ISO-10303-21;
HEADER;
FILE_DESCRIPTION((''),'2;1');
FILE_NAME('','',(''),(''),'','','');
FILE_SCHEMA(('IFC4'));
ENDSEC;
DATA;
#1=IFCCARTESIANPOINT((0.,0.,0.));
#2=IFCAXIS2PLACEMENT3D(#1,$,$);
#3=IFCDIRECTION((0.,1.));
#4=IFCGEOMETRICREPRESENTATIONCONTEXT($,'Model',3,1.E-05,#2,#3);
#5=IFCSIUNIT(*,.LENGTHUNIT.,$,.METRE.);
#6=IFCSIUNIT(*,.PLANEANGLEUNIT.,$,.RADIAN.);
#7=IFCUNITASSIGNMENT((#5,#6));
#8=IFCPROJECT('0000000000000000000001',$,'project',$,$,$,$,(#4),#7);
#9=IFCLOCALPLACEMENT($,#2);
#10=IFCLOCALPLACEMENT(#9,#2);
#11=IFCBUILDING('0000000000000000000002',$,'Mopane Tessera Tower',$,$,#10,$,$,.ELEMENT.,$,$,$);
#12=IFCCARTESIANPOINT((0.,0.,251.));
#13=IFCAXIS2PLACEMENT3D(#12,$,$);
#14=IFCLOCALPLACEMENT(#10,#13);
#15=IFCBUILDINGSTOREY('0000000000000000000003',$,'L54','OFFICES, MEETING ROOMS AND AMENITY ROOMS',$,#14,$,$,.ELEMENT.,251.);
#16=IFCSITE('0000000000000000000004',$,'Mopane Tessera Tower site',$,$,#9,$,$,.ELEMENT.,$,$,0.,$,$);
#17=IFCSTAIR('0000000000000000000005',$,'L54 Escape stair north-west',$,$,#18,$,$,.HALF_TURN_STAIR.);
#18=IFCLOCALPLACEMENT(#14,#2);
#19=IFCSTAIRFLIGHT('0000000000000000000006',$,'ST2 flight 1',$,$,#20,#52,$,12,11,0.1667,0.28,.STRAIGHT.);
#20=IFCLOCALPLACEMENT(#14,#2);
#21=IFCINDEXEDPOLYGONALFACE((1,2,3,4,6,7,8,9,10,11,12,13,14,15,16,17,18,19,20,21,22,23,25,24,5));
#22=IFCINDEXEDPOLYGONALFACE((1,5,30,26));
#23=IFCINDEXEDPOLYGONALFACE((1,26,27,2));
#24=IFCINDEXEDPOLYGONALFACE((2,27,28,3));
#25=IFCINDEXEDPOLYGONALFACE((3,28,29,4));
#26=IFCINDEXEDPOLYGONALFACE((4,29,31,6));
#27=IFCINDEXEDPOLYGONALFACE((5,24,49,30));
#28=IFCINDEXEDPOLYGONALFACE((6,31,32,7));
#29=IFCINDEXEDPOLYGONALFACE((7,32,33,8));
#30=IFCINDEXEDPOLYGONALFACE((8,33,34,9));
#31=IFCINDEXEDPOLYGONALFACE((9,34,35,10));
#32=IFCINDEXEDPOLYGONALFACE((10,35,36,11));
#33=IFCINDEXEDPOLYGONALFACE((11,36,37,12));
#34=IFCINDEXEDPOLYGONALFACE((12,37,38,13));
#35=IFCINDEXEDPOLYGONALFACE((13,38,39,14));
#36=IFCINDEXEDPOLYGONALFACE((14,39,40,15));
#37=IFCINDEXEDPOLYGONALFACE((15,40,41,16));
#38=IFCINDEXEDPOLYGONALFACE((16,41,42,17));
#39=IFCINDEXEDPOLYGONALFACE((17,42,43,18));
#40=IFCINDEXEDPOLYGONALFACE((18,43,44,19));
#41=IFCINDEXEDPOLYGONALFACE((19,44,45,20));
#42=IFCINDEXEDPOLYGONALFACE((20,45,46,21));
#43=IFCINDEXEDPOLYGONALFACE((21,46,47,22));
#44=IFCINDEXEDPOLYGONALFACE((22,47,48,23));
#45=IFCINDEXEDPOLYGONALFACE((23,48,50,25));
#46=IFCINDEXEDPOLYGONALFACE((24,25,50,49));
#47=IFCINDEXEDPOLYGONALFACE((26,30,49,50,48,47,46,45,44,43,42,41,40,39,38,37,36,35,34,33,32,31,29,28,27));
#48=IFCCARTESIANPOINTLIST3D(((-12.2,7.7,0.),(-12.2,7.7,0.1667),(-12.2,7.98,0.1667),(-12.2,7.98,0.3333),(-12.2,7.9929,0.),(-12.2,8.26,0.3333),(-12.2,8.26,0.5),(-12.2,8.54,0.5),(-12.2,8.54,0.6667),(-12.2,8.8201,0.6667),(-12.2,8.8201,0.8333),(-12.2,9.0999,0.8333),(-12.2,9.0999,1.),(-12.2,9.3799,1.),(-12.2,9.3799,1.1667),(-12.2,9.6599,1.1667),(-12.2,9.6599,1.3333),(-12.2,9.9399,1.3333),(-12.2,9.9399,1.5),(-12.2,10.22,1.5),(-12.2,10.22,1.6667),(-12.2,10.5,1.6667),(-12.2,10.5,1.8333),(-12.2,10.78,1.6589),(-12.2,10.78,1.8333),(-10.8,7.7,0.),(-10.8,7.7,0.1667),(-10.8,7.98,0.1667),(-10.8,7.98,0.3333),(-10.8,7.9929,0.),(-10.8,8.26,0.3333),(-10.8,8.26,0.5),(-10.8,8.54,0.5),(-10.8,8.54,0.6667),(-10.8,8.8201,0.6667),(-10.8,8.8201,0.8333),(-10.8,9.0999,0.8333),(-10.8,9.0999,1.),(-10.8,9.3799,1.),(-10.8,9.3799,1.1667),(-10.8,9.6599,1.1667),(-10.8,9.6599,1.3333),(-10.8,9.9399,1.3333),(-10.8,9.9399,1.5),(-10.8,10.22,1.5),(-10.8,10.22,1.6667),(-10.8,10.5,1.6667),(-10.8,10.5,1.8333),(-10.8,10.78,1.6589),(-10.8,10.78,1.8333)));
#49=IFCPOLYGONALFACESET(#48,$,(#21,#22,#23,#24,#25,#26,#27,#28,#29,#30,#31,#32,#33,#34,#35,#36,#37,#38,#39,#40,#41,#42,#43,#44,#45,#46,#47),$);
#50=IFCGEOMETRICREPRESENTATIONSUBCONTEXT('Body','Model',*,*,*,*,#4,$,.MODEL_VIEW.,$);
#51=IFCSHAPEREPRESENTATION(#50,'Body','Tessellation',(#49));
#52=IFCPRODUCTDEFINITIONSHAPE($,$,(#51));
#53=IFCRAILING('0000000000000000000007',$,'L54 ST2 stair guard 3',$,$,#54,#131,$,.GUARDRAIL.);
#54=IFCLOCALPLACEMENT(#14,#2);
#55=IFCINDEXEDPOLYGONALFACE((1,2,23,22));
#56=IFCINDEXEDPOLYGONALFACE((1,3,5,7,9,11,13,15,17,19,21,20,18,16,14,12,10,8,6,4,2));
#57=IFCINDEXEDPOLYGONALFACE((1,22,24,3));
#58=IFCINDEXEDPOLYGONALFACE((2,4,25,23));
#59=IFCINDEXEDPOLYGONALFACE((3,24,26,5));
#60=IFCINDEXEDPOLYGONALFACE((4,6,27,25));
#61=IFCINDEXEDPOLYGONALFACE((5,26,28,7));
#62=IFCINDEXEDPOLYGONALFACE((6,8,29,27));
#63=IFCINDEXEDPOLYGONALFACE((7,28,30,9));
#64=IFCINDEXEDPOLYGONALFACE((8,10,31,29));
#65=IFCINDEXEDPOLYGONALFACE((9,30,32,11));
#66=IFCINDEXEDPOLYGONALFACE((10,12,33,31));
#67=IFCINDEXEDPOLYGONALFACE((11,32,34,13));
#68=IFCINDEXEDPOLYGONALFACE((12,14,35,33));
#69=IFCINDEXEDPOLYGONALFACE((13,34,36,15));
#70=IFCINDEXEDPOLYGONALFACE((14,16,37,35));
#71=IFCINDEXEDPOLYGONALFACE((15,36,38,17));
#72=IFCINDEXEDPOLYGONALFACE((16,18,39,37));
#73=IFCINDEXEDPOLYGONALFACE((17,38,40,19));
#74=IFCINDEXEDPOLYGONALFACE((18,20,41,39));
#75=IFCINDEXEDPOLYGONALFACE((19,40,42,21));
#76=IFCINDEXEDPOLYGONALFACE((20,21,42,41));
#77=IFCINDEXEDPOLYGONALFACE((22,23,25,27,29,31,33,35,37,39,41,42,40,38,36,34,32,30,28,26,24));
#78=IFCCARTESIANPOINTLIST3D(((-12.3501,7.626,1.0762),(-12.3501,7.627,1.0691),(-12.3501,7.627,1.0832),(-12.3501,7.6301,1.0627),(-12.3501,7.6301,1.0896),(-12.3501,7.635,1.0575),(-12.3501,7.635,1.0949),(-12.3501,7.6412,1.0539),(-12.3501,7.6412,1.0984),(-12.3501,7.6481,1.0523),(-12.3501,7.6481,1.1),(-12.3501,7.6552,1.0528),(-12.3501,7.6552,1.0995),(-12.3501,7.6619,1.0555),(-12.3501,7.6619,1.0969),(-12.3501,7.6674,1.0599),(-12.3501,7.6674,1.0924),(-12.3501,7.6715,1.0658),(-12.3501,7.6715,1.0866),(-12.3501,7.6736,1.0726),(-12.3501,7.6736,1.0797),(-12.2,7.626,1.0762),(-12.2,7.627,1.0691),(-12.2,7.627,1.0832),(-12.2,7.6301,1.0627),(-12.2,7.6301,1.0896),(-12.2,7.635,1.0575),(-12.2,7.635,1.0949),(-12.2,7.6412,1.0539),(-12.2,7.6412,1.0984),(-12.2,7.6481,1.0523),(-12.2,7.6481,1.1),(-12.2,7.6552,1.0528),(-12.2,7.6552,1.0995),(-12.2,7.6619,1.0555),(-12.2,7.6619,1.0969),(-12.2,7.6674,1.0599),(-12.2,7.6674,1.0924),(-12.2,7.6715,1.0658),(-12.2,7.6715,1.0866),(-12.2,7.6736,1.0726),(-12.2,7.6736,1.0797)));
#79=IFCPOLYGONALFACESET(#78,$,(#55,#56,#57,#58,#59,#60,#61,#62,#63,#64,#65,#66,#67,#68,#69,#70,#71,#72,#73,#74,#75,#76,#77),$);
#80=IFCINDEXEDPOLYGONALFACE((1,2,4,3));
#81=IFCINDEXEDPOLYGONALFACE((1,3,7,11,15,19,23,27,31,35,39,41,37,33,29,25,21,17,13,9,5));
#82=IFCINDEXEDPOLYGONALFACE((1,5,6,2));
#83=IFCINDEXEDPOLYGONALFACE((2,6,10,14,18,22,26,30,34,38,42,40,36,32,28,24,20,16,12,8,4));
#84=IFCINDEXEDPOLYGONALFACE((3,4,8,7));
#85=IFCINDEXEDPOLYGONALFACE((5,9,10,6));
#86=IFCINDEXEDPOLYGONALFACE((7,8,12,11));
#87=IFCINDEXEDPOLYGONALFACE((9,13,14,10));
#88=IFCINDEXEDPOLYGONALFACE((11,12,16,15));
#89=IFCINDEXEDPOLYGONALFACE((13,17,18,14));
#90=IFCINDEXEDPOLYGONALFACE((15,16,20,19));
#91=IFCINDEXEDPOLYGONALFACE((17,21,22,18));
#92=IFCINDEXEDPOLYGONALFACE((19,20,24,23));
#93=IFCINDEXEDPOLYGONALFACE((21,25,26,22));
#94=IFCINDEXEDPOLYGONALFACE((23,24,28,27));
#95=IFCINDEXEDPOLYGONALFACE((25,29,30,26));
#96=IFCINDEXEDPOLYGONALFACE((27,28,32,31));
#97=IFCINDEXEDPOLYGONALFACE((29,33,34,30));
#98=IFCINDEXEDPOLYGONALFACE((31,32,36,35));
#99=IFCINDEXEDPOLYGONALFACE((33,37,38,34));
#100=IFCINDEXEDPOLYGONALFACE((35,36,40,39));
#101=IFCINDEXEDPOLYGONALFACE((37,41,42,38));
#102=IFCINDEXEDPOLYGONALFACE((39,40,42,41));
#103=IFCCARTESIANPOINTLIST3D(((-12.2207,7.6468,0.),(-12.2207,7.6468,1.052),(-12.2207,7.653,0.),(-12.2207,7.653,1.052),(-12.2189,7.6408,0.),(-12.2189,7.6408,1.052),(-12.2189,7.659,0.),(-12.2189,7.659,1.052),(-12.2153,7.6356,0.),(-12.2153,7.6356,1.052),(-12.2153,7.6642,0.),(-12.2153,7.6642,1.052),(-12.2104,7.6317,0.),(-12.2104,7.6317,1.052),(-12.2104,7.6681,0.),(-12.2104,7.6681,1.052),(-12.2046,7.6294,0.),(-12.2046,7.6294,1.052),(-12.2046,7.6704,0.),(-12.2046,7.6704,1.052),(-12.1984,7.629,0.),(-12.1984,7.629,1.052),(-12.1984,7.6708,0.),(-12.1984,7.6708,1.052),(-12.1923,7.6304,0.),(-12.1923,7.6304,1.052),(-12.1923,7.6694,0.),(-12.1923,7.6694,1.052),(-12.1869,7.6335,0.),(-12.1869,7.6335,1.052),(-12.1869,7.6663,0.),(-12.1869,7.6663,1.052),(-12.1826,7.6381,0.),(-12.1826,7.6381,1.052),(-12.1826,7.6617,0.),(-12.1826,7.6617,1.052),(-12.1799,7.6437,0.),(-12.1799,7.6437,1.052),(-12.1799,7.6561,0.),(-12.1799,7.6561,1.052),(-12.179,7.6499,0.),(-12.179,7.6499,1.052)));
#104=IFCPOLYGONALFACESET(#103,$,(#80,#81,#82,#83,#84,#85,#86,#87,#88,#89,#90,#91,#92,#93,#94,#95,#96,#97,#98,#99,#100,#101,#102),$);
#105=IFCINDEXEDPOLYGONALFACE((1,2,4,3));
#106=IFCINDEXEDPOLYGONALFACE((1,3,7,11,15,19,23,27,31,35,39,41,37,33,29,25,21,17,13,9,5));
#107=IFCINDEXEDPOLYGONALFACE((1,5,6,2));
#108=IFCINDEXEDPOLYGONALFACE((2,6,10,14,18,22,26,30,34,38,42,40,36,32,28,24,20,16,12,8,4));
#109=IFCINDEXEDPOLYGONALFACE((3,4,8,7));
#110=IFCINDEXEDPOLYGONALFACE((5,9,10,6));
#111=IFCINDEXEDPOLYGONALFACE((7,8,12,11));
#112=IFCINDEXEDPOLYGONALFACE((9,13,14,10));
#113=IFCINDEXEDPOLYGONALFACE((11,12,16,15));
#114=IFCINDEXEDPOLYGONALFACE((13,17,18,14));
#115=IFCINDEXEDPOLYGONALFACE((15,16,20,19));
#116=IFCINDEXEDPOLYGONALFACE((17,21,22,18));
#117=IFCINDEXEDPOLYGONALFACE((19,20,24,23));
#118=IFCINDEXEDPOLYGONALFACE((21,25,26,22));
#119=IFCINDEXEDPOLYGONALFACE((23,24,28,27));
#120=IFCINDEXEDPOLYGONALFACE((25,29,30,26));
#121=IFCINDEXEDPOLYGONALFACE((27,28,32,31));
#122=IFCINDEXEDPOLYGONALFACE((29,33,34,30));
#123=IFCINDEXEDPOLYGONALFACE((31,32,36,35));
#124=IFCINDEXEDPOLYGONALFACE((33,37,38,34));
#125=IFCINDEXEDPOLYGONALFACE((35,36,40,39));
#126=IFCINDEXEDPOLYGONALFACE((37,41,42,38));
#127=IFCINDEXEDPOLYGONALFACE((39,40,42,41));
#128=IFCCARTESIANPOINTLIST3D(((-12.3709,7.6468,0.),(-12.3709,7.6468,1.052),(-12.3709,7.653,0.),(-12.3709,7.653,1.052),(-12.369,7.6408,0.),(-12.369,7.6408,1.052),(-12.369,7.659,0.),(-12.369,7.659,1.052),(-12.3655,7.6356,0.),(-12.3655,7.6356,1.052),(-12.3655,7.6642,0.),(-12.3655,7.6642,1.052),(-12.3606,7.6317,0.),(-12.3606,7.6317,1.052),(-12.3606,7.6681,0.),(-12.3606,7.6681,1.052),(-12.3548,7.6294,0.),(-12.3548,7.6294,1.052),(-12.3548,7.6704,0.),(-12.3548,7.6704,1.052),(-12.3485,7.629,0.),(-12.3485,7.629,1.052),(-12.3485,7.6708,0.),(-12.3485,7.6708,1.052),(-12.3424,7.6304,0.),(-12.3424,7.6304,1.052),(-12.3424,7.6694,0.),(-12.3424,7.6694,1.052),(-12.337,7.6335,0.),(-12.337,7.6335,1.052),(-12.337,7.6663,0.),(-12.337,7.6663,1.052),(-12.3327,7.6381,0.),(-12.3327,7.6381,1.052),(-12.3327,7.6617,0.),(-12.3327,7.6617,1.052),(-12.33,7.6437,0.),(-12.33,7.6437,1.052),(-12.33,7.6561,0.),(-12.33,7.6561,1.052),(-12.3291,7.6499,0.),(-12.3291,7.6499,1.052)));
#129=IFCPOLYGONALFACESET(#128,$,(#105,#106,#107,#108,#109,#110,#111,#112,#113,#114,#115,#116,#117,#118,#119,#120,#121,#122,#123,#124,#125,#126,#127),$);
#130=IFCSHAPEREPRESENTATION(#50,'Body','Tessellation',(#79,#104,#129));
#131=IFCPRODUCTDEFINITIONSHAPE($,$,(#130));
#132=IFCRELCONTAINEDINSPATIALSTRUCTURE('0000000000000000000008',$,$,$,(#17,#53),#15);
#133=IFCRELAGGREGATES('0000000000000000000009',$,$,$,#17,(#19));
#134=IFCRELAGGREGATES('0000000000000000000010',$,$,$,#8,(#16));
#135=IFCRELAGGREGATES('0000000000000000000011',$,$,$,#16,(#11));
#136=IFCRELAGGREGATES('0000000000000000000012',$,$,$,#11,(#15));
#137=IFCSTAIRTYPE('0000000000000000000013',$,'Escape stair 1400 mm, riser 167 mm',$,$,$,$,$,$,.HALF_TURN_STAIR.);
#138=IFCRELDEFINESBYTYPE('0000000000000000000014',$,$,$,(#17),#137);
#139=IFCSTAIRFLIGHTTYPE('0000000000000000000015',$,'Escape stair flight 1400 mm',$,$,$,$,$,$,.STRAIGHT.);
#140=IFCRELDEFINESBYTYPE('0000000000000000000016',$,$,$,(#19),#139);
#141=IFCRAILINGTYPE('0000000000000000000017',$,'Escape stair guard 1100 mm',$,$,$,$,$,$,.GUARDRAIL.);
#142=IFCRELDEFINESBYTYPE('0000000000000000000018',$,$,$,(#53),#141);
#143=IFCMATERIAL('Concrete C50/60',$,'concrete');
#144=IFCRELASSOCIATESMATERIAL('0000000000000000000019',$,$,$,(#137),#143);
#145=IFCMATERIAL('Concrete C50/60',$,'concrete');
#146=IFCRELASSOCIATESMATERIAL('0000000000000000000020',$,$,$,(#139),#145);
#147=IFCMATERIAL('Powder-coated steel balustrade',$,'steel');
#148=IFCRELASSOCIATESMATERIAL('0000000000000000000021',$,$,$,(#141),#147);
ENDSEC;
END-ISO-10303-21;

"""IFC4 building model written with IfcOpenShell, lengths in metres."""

from ifc_helpers import new_model, si_unit, direction, frame, origin, origin_2d, place, context, subcontext, project, spatial, polyline, circle, outline, extrude, material, type_object, element, aggregate, save


model = new_model("IFC4")

# Units and contexts
model_context = context("Model", 3, precision=1e-05, world=origin(), true_north=direction((0.0, 1.0)))
body_context = subcontext(model_context, "Body", "Model", "MODEL_VIEW")
ifc_project = project(units=[si_unit("LENGTHUNIT", "METRE"), si_unit("PLANEANGLEUNIT", "RADIAN")], contexts=[model_context])

# Site, building, storey
site_placement = place(None, origin())
site = spatial("IfcSite", under=ifc_project, at=site_placement, Name="Mopane Tessera Tower site", CompositionType="ELEMENT", RefElevation=0.0)
building_placement = place(site_placement, origin())
building = spatial("IfcBuilding", under=site, at=building_placement, Name="Mopane Tessera Tower", CompositionType="ELEMENT")
storey_placement = place(building_placement, frame((0.0, 0.0, 251.0)))
storey = spatial("IfcBuildingStorey", under=building, at=storey_placement, Name="L54", Description="OFFICES, MEETING ROOMS AND AMENITY ROOMS", CompositionType="ELEMENT", Elevation=251.0)

# Stair, stair flight
ifc_material_1 = material(Name="Concrete C50/60", Category="concrete")
stair_type = type_object("IfcStairType", Name="Escape stair 1400 mm, riser 167 mm", PredefinedType="HALF_TURN_STAIR", material=ifc_material_1)
stair_placement = place(storey_placement, origin())
stair = element("IfcStair", 1, at=stair_placement, inside=storey, type_object=stair_type, Name="L54 Escape stair north-west", PredefinedType="HALF_TURN_STAIR")
ifc_material_2 = material(Name="Concrete C50/60", Category="concrete")
stair_flight_type = type_object("IfcStairFlightType", Name="Escape stair flight 1400 mm", PredefinedType="STRAIGHT", material=ifc_material_2)
stair_flight_placement = place(storey_placement, frame((-11.5, 7.7, 0.0), z_axis=(0.0, 0.0, 1.0), x_axis=(0.0, 1.0, 0.0)))
stair_flight = element("IfcStairFlight", 2, at=stair_flight_placement, type_object=stair_flight_type, Name="ST2 flight 1", NumberOfRisers=12, NumberOfTreads=11, PredefinedType="STRAIGHT", RiserHeight=0.1667, TreadLength=0.28, context=body_context, shape_type="SweptSolid", body=[
    extrude(outline(polyline([(0.0, 0.0), (0.0, 0.1667), (0.28, 0.1667), (0.28, 0.3333), (0.5601, 0.3333), (0.5601, 0.5), (0.8401, 0.5), (0.8401, 0.6667), (1.1201, 0.6667), (1.1201, 0.8333), (1.3999, 0.8333), (1.3999, 1.0), (1.6799, 1.0), (1.6799, 1.1667), (1.96, 1.1667), (1.96, 1.3333), (2.24, 1.3333), (2.24, 1.5), (2.52, 1.5), (2.52, 1.6667), (2.8, 1.6667), (2.8, 1.8333), (3.0801, 1.8333), (3.0801, 2.0), (3.0801, 1.6589), (0.293, 0.0), (0.0, 0.0)])), frame((0.0, 0.7, 0.0), z_axis=(0.0, -1.0, 0.0), x_axis=(1.0, 0.0, 0.0)), (0.0, 0.0, 1.0), 1.3999),
])
aggregate(stair, [stair_flight])

# Railing
ifc_material_3 = material(Name="Powder-coated steel balustrade", Category="steel")
railing_type_1 = type_object("IfcRailingType", Name="Escape stair guard 1100 mm", PredefinedType="GUARDRAIL", material=ifc_material_3)
railing_1_placement = place(storey_placement, frame((-12.2, 7.6499, 0.0)))
element("IfcRailing", 3, at=railing_1_placement, inside=storey, type_object=railing_type_1, Name="L54 ST2 stair guard 3", PredefinedType="GUARDRAIL", context=body_context, shape_type="SweptSolid", body=[
    extrude(circle(Radius=0.0239, at=origin_2d()), frame((0.0, 0.0, 1.0762), z_axis=(-1.0, 0.0, 0.0), x_axis=(0.0, -1.0, 0.0)), (0.0, 0.0, 1.0), 0.1501),
    extrude(circle(Radius=0.021, at=origin_2d()), origin(), (0.0, 0.0, 1.0), 1.052),
    extrude(circle(Radius=0.021, at=origin_2d()), frame((-0.1501, 0.0, 0.0)), (0.0, 0.0, 1.0), 1.052),
])

save(model, "model.ifc")
